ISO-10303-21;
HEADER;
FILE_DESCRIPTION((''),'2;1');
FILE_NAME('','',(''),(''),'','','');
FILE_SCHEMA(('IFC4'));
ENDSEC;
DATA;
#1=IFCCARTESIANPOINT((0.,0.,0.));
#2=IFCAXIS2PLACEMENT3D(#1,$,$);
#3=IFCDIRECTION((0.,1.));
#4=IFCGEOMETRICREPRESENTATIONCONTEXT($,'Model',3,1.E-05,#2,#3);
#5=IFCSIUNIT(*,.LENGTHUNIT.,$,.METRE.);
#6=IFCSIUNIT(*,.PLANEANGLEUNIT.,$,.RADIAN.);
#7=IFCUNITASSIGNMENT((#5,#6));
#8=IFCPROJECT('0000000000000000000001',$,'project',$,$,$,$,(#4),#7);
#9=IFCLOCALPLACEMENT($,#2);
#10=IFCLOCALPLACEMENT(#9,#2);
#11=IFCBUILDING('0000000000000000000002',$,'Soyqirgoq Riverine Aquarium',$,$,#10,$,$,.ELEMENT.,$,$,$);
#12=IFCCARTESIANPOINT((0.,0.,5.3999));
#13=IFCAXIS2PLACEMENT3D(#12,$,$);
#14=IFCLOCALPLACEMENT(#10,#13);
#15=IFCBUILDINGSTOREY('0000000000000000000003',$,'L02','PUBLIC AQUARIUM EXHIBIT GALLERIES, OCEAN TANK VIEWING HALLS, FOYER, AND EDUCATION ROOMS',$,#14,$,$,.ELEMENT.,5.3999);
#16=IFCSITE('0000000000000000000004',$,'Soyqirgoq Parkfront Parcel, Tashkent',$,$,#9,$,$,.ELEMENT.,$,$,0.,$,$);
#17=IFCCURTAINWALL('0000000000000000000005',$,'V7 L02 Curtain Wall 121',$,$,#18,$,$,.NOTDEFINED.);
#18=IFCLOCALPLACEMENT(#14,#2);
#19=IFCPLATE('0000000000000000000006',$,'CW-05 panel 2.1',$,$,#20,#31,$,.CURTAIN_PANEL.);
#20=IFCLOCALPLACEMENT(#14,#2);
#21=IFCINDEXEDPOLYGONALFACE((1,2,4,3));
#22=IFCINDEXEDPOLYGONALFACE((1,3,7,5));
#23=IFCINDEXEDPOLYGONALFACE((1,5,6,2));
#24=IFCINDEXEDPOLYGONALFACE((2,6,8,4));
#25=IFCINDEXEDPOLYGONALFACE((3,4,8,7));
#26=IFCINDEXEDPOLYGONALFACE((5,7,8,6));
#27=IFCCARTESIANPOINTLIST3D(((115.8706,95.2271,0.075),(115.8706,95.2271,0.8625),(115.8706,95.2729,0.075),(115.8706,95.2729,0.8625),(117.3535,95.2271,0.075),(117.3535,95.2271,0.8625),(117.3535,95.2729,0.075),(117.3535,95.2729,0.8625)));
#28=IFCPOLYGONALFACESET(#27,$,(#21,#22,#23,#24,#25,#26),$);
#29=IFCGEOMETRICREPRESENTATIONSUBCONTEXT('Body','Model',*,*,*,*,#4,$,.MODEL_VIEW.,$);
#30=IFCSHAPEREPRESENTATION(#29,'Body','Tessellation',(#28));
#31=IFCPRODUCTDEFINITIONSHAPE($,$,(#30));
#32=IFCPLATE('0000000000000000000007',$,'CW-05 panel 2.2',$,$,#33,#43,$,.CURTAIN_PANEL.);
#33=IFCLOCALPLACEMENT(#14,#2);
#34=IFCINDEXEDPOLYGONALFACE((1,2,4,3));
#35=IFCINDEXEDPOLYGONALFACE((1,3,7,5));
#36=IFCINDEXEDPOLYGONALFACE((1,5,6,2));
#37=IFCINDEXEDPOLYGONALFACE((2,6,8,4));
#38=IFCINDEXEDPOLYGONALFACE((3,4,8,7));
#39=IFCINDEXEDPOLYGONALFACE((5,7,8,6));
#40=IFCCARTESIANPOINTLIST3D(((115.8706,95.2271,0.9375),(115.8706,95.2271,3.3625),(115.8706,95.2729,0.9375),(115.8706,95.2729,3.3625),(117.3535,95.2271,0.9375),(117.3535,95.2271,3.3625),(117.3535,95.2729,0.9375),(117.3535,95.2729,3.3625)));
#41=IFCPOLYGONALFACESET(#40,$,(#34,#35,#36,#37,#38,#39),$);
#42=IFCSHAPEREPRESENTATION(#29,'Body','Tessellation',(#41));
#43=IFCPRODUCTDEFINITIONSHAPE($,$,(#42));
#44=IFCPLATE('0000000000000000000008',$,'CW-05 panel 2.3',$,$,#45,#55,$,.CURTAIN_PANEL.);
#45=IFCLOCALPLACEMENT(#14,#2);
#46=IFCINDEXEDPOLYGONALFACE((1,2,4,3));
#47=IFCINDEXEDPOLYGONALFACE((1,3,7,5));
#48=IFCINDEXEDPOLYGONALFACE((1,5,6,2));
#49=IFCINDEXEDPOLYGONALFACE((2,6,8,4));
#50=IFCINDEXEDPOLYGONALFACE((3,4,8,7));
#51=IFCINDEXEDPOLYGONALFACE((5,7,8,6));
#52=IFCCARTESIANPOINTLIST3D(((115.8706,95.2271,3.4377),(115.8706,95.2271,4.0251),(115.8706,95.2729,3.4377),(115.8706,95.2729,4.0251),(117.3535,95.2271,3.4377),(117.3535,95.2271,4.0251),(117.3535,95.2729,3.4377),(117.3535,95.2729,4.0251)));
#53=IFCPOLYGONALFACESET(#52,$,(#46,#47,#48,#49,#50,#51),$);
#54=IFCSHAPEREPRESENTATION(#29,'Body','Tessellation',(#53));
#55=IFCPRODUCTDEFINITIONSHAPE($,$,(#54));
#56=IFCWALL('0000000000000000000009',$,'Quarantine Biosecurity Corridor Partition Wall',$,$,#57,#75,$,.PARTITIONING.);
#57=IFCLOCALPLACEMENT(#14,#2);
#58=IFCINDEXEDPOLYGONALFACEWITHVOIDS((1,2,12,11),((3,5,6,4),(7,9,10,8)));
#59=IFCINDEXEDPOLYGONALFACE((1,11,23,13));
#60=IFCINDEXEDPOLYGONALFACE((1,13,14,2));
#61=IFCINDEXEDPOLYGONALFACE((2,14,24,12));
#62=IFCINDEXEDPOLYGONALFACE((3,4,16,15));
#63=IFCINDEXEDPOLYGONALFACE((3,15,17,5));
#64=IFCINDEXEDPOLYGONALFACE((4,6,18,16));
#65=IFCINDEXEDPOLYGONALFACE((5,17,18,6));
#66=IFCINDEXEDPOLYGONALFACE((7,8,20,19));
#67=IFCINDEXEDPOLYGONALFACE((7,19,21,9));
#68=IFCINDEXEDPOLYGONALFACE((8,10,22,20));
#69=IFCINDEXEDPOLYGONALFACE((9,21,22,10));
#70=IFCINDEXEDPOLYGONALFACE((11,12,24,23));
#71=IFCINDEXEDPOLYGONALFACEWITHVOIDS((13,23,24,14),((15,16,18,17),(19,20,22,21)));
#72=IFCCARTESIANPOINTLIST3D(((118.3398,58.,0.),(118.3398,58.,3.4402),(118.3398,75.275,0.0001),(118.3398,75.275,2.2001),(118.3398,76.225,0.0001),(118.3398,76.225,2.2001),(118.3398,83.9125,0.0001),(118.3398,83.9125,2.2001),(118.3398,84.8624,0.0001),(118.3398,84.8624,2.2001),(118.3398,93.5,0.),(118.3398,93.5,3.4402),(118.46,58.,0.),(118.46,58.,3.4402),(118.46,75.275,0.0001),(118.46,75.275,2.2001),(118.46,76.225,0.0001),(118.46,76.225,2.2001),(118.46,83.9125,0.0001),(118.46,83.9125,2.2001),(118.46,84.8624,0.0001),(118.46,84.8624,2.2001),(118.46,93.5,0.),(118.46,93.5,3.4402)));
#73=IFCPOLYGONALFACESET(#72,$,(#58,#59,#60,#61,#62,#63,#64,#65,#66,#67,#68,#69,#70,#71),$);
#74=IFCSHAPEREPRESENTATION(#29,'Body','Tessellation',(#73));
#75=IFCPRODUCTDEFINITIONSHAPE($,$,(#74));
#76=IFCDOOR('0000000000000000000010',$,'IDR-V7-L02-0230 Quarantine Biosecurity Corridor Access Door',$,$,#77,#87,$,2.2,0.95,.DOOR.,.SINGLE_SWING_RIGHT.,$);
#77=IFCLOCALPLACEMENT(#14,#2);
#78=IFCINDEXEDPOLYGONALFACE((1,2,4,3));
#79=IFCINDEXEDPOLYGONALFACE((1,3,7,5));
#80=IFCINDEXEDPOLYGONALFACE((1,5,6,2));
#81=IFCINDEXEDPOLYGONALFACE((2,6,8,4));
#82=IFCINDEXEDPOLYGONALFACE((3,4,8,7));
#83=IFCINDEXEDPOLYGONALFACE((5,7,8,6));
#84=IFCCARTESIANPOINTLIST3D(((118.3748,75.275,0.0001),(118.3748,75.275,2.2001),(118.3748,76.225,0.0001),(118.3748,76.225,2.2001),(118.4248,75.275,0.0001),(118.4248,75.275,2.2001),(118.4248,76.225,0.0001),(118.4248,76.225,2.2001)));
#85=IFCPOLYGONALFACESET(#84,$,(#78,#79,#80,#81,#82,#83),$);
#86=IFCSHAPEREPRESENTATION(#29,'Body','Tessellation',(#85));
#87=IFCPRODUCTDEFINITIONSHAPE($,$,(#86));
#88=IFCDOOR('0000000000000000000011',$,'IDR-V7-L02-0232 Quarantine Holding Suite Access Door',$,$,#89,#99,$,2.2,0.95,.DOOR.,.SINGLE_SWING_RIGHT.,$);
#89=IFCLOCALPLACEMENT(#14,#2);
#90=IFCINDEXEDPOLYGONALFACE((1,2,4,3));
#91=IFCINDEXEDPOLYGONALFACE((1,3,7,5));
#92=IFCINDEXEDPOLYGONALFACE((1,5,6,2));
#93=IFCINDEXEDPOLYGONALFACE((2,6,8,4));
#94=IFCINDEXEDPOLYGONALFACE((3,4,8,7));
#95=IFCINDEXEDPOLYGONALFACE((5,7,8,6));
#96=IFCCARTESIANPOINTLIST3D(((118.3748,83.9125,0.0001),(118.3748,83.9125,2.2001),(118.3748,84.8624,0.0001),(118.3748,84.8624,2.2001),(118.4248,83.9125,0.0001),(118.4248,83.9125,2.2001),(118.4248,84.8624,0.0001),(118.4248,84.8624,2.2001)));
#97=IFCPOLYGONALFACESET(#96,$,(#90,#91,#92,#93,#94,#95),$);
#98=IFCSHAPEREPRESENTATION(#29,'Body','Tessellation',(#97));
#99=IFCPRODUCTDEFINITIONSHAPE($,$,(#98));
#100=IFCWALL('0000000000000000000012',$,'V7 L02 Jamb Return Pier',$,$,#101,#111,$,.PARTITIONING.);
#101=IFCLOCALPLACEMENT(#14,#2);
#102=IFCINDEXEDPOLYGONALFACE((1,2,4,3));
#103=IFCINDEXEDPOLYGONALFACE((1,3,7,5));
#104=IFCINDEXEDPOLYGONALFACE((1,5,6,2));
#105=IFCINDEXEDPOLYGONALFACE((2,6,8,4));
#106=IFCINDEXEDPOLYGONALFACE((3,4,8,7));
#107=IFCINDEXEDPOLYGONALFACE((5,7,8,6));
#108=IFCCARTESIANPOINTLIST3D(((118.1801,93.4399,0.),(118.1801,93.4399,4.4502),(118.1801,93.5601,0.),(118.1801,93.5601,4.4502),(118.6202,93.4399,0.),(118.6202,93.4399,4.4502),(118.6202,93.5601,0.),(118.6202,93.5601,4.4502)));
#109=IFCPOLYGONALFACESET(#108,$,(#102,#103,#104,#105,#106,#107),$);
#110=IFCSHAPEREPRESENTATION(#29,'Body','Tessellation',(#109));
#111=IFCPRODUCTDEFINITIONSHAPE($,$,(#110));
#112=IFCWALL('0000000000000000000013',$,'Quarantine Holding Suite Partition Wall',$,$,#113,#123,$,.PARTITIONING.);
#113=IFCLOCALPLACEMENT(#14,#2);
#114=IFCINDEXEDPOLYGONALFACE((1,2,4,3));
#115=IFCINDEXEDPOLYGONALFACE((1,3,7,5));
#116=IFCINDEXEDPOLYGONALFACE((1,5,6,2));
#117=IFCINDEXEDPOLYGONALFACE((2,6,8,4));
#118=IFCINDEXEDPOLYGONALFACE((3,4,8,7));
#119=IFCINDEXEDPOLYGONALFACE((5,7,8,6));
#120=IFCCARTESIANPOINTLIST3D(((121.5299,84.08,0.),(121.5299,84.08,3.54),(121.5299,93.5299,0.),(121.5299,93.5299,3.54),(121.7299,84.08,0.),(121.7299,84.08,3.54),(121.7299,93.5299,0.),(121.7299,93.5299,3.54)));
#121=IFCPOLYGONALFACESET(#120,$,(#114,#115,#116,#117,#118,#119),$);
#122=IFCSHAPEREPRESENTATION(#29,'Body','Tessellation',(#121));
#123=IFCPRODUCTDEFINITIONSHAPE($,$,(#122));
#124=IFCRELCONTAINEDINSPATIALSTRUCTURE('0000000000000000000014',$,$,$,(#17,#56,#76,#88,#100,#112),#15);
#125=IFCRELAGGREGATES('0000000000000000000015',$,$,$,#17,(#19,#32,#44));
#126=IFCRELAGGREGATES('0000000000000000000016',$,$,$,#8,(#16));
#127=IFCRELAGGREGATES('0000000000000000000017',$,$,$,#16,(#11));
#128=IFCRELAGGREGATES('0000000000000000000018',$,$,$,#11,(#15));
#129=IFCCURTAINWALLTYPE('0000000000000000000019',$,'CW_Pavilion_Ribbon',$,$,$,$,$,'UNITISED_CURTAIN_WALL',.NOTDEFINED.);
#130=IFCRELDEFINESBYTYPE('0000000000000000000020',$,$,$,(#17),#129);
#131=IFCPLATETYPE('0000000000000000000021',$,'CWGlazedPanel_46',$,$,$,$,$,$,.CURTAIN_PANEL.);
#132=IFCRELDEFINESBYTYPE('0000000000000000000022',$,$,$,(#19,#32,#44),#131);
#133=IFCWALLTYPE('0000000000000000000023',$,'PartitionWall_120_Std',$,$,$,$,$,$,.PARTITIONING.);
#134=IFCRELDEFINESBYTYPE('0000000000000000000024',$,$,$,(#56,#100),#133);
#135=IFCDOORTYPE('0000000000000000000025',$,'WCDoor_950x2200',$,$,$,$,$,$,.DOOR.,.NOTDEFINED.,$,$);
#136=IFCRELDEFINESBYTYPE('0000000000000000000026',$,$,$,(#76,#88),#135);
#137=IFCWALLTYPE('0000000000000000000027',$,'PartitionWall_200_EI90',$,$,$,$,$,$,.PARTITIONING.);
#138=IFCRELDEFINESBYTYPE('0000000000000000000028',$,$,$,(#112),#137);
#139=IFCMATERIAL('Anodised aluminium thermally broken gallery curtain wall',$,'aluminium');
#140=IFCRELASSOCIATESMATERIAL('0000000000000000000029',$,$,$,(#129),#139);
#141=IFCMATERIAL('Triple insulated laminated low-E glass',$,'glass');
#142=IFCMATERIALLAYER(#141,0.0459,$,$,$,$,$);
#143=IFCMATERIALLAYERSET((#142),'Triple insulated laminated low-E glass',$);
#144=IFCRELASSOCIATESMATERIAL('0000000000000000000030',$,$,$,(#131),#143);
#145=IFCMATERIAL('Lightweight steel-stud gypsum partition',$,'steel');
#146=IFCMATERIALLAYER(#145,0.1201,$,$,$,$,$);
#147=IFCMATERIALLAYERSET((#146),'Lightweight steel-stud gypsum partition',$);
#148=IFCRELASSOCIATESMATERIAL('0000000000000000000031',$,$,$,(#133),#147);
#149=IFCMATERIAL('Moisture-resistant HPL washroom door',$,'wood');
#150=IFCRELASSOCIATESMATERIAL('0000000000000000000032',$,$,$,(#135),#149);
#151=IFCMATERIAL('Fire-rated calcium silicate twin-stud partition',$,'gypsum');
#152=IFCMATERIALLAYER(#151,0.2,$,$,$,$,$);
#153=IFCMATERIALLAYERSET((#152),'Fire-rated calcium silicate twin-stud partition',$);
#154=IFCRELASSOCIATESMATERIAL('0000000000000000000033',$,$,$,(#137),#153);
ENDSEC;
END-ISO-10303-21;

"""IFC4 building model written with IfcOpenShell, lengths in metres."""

from ifc_helpers import new_model, si_unit, direction, frame, frame_2d, origin, origin_2d, place, context, subcontext, project, spatial, rectangle, extrude, material, layer, layer_set, type_object, element, fill, aggregate, save


model = new_model("IFC4")

# Units and contexts
model_context = context("Model", 3, precision=1e-05, world=origin(), true_north=direction((0.0, 1.0)))
body_context = subcontext(model_context, "Body", "Model", "MODEL_VIEW")
ifc_project = project(units=[si_unit("LENGTHUNIT", "METRE"), si_unit("PLANEANGLEUNIT", "RADIAN")], contexts=[model_context])

# Site, building, storey
site_placement = place(None, origin())
site = spatial("IfcSite", under=ifc_project, at=site_placement, Name="Soyqirgoq Parkfront Parcel, Tashkent", CompositionType="ELEMENT", RefElevation=0.0)
building_placement = place(site_placement, origin())
building = spatial("IfcBuilding", under=site, at=building_placement, Name="Soyqirgoq Riverine Aquarium", CompositionType="ELEMENT")
storey_placement = place(building_placement, frame((0.0, 0.0, 5.3999)))
storey = spatial("IfcBuildingStorey", under=building, at=storey_placement, Name="L02", Description="PUBLIC AQUARIUM EXHIBIT GALLERIES, OCEAN TANK VIEWING HALLS, FOYER, AND EDUCATION ROOMS", CompositionType="ELEMENT", Elevation=5.3999)

# Curtain wall
ifc_material_1 = material(Name="Anodised aluminium thermally broken gallery curtain wall", Category="aluminium")
curtain_wall_type = type_object("IfcCurtainWallType", Name="CW_Pavilion_Ribbon", ElementType="UNITISED_CURTAIN_WALL", PredefinedType="NOTDEFINED", material=ifc_material_1)
curtain_wall_placement = place(storey_placement, origin())
curtain_wall = element("IfcCurtainWall", 1, at=curtain_wall_placement, inside=storey, type_object=curtain_wall_type, Name="V7 L02 Curtain Wall 121", PredefinedType="NOTDEFINED")

# Plates
ifc_material_2 = material(Name="Triple insulated laminated low-E glass", Category="glass")
ifc_layer_1 = layer(ifc_material_2, 0.0459)
ifc_layer_set_1 = layer_set([ifc_layer_1], Name="Triple insulated laminated low-E glass")
plate_type = type_object("IfcPlateType", Name="CWGlazedPanel_46", PredefinedType="CURTAIN_PANEL", material=ifc_layer_set_1)
plate_1_placement = place(storey_placement, frame((116.6121, 95.25, 0.075), z_axis=(0.0, 0.0, 1.0), x_axis=(1.0, 0.0, 0.0)))
plate_1 = element("IfcPlate", 2, at=plate_1_placement, type_object=plate_type, Name="CW-05 panel 2.1", PredefinedType="CURTAIN_PANEL", context=body_context, shape_type="SweptSolid", body=[
    extrude(rectangle(XDim=1.4829, YDim=0.0459, at=origin_2d()), origin(), (0.0, 0.0, 1.0), 0.7876),
])
plate_2_placement = place(storey_placement, frame((116.6121, 95.25, 0.9375), z_axis=(0.0, 0.0, 1.0), x_axis=(1.0, 0.0, 0.0)))
plate_2 = element("IfcPlate", 3, at=plate_2_placement, type_object=plate_type, Name="CW-05 panel 2.2", PredefinedType="CURTAIN_PANEL", context=body_context, shape_type="SweptSolid", body=[
    extrude(rectangle(XDim=1.4829, YDim=0.0459, at=origin_2d()), origin(), (0.0, 0.0, 1.0), 2.425),
])
plate_3_placement = place(storey_placement, frame((116.6121, 95.25, 3.4377), z_axis=(0.0, 0.0, 1.0), x_axis=(1.0, 0.0, 0.0)))
plate_3 = element("IfcPlate", 4, at=plate_3_placement, type_object=plate_type, Name="CW-05 panel 2.3", PredefinedType="CURTAIN_PANEL", context=body_context, shape_type="SweptSolid", body=[
    extrude(rectangle(XDim=1.4829, YDim=0.0459, at=origin_2d()), origin(), (0.0, 0.0, 1.0), 0.5874),
])
aggregate(curtain_wall, [plate_1, plate_2, plate_3])

# Wall, openings, doors
ifc_material_3 = material(Name="Lightweight steel-stud gypsum partition", Category="steel")
ifc_layer_2 = layer(ifc_material_3, 0.1201)
ifc_layer_set_2 = layer_set([ifc_layer_2], Name="Lightweight steel-stud gypsum partition")
wall_type_1 = type_object("IfcWallType", Name="PartitionWall_120_Std", PredefinedType="PARTITIONING", material=ifc_layer_set_2)
wall_1_placement = place(storey_placement, frame((118.3999, 93.5, 0.0), z_axis=(0.0, 0.0, 1.0), x_axis=(0.0, -1.0, 0.0)))
wall_1 = element("IfcWall", 5, at=wall_1_placement, inside=storey, type_object=wall_type_1, Name="Quarantine Biosecurity Corridor Partition Wall", PredefinedType="PARTITIONING", context=body_context, shape_type="SweptSolid", body=[
    extrude(rectangle(XDim=35.5, YDim=0.1201, at=frame_2d((17.75, 0.0))), origin(), (0.0, 0.0, 1.0), 3.4402),
])
opening_1_placement = place(wall_1_placement, frame((17.2749, 0.0, 0.0)))
opening_1 = element("IfcOpeningElement", 6, at=opening_1_placement, cuts=wall_1, PredefinedType="OPENING", context=body_context, shape_type="SweptSolid", body=[
    extrude(rectangle(XDim=0.95, YDim=2.2, at=frame_2d((0.4751, 1.1001))), frame((0.0, 0.0701, 0.0), z_axis=(0.0, -1.0, 0.0), x_axis=(1.0, 0.0, 0.0)), (0.0, 0.0, 1.0), 0.1401),
])
opening_2_placement = place(wall_1_placement, frame((8.6375, 0.0, 0.0)))
opening_2 = element("IfcOpeningElement", 7, at=opening_2_placement, cuts=wall_1, PredefinedType="OPENING", context=body_context, shape_type="SweptSolid", body=[
    extrude(rectangle(XDim=0.95, YDim=2.2, at=frame_2d((0.4751, 1.1001))), frame((0.0, 0.0701, 0.0), z_axis=(0.0, -1.0, 0.0), x_axis=(1.0, 0.0, 0.0)), (0.0, 0.0, 1.0), 0.1401),
])
ifc_material_4 = material(Name="Moisture-resistant HPL washroom door", Category="wood")
door_type = type_object("IfcDoorType", Name="WCDoor_950x2200", OperationType="NOTDEFINED", PredefinedType="DOOR", material=ifc_material_4)
door_1_placement = place(opening_1_placement, origin())
door_1 = element("IfcDoor", 8, at=door_1_placement, inside=storey, type_object=door_type, Name="IDR-V7-L02-0230 Quarantine Biosecurity Corridor Access Door", OperationType="SINGLE_SWING_RIGHT", OverallHeight=2.2, OverallWidth=0.95, PredefinedType="DOOR", context=body_context, shape_type="SweptSolid", body=[
    extrude(rectangle(XDim=0.95, YDim=2.2, at=frame_2d((0.4751, 1.1001))), frame((0.0, 0.0249, 0.0), z_axis=(0.0, -1.0, 0.0), x_axis=(1.0, 0.0, 0.0)), (0.0, 0.0, 1.0), 0.05),
])
fill(opening_1, door_1)
door_2_placement = place(opening_2_placement, origin())
door_2 = element("IfcDoor", 9, at=door_2_placement, inside=storey, type_object=door_type, Name="IDR-V7-L02-0232 Quarantine Holding Suite Access Door", OperationType="SINGLE_SWING_RIGHT", OverallHeight=2.2, OverallWidth=0.95, PredefinedType="DOOR", context=body_context, shape_type="SweptSolid", body=[
    extrude(rectangle(XDim=0.95, YDim=2.2, at=frame_2d((0.4751, 1.1001))), frame((0.0, 0.0249, 0.0), z_axis=(0.0, -1.0, 0.0), x_axis=(1.0, 0.0, 0.0)), (0.0, 0.0, 1.0), 0.05),
])
fill(opening_2, door_2)

# Walls
wall_2_placement = place(storey_placement, frame((118.1799, 93.5, 0.0), z_axis=(0.0, 0.0, 1.0), x_axis=(1.0, 0.0, 0.0)))
element("IfcWall", 10, at=wall_2_placement, inside=storey, type_object=wall_type_1, Name="V7 L02 Jamb Return Pier", PredefinedType="PARTITIONING", context=body_context, shape_type="SweptSolid", body=[
    extrude(rectangle(XDim=0.4402, YDim=0.1201, at=frame_2d((0.2202, 0.0))), origin(), (0.0, 0.0, 1.0), 4.4502),
])
ifc_material_5 = material(Name="Fire-rated calcium silicate twin-stud partition", Category="gypsum")
ifc_layer_3 = layer(ifc_material_5, 0.2)
ifc_layer_set_3 = layer_set([ifc_layer_3], Name="Fire-rated calcium silicate twin-stud partition")
wall_type_2 = type_object("IfcWallType", Name="PartitionWall_200_EI90", PredefinedType="PARTITIONING", material=ifc_layer_set_3)
wall_3_placement = place(storey_placement, frame((121.6299, 93.53, 0.0), z_axis=(0.0, 0.0, 1.0), x_axis=(0.0, -1.0, 0.0)))
element("IfcWall", 11, at=wall_3_placement, inside=storey, type_object=wall_type_2, Name="Quarantine Holding Suite Partition Wall", PredefinedType="PARTITIONING", context=body_context, shape_type="SweptSolid", body=[
    extrude(rectangle(XDim=9.45, YDim=0.2, at=frame_2d((4.7251, 0.0))), origin(), (0.0, 0.0, 1.0), 3.54),
])

save(model, "model.ifc")
